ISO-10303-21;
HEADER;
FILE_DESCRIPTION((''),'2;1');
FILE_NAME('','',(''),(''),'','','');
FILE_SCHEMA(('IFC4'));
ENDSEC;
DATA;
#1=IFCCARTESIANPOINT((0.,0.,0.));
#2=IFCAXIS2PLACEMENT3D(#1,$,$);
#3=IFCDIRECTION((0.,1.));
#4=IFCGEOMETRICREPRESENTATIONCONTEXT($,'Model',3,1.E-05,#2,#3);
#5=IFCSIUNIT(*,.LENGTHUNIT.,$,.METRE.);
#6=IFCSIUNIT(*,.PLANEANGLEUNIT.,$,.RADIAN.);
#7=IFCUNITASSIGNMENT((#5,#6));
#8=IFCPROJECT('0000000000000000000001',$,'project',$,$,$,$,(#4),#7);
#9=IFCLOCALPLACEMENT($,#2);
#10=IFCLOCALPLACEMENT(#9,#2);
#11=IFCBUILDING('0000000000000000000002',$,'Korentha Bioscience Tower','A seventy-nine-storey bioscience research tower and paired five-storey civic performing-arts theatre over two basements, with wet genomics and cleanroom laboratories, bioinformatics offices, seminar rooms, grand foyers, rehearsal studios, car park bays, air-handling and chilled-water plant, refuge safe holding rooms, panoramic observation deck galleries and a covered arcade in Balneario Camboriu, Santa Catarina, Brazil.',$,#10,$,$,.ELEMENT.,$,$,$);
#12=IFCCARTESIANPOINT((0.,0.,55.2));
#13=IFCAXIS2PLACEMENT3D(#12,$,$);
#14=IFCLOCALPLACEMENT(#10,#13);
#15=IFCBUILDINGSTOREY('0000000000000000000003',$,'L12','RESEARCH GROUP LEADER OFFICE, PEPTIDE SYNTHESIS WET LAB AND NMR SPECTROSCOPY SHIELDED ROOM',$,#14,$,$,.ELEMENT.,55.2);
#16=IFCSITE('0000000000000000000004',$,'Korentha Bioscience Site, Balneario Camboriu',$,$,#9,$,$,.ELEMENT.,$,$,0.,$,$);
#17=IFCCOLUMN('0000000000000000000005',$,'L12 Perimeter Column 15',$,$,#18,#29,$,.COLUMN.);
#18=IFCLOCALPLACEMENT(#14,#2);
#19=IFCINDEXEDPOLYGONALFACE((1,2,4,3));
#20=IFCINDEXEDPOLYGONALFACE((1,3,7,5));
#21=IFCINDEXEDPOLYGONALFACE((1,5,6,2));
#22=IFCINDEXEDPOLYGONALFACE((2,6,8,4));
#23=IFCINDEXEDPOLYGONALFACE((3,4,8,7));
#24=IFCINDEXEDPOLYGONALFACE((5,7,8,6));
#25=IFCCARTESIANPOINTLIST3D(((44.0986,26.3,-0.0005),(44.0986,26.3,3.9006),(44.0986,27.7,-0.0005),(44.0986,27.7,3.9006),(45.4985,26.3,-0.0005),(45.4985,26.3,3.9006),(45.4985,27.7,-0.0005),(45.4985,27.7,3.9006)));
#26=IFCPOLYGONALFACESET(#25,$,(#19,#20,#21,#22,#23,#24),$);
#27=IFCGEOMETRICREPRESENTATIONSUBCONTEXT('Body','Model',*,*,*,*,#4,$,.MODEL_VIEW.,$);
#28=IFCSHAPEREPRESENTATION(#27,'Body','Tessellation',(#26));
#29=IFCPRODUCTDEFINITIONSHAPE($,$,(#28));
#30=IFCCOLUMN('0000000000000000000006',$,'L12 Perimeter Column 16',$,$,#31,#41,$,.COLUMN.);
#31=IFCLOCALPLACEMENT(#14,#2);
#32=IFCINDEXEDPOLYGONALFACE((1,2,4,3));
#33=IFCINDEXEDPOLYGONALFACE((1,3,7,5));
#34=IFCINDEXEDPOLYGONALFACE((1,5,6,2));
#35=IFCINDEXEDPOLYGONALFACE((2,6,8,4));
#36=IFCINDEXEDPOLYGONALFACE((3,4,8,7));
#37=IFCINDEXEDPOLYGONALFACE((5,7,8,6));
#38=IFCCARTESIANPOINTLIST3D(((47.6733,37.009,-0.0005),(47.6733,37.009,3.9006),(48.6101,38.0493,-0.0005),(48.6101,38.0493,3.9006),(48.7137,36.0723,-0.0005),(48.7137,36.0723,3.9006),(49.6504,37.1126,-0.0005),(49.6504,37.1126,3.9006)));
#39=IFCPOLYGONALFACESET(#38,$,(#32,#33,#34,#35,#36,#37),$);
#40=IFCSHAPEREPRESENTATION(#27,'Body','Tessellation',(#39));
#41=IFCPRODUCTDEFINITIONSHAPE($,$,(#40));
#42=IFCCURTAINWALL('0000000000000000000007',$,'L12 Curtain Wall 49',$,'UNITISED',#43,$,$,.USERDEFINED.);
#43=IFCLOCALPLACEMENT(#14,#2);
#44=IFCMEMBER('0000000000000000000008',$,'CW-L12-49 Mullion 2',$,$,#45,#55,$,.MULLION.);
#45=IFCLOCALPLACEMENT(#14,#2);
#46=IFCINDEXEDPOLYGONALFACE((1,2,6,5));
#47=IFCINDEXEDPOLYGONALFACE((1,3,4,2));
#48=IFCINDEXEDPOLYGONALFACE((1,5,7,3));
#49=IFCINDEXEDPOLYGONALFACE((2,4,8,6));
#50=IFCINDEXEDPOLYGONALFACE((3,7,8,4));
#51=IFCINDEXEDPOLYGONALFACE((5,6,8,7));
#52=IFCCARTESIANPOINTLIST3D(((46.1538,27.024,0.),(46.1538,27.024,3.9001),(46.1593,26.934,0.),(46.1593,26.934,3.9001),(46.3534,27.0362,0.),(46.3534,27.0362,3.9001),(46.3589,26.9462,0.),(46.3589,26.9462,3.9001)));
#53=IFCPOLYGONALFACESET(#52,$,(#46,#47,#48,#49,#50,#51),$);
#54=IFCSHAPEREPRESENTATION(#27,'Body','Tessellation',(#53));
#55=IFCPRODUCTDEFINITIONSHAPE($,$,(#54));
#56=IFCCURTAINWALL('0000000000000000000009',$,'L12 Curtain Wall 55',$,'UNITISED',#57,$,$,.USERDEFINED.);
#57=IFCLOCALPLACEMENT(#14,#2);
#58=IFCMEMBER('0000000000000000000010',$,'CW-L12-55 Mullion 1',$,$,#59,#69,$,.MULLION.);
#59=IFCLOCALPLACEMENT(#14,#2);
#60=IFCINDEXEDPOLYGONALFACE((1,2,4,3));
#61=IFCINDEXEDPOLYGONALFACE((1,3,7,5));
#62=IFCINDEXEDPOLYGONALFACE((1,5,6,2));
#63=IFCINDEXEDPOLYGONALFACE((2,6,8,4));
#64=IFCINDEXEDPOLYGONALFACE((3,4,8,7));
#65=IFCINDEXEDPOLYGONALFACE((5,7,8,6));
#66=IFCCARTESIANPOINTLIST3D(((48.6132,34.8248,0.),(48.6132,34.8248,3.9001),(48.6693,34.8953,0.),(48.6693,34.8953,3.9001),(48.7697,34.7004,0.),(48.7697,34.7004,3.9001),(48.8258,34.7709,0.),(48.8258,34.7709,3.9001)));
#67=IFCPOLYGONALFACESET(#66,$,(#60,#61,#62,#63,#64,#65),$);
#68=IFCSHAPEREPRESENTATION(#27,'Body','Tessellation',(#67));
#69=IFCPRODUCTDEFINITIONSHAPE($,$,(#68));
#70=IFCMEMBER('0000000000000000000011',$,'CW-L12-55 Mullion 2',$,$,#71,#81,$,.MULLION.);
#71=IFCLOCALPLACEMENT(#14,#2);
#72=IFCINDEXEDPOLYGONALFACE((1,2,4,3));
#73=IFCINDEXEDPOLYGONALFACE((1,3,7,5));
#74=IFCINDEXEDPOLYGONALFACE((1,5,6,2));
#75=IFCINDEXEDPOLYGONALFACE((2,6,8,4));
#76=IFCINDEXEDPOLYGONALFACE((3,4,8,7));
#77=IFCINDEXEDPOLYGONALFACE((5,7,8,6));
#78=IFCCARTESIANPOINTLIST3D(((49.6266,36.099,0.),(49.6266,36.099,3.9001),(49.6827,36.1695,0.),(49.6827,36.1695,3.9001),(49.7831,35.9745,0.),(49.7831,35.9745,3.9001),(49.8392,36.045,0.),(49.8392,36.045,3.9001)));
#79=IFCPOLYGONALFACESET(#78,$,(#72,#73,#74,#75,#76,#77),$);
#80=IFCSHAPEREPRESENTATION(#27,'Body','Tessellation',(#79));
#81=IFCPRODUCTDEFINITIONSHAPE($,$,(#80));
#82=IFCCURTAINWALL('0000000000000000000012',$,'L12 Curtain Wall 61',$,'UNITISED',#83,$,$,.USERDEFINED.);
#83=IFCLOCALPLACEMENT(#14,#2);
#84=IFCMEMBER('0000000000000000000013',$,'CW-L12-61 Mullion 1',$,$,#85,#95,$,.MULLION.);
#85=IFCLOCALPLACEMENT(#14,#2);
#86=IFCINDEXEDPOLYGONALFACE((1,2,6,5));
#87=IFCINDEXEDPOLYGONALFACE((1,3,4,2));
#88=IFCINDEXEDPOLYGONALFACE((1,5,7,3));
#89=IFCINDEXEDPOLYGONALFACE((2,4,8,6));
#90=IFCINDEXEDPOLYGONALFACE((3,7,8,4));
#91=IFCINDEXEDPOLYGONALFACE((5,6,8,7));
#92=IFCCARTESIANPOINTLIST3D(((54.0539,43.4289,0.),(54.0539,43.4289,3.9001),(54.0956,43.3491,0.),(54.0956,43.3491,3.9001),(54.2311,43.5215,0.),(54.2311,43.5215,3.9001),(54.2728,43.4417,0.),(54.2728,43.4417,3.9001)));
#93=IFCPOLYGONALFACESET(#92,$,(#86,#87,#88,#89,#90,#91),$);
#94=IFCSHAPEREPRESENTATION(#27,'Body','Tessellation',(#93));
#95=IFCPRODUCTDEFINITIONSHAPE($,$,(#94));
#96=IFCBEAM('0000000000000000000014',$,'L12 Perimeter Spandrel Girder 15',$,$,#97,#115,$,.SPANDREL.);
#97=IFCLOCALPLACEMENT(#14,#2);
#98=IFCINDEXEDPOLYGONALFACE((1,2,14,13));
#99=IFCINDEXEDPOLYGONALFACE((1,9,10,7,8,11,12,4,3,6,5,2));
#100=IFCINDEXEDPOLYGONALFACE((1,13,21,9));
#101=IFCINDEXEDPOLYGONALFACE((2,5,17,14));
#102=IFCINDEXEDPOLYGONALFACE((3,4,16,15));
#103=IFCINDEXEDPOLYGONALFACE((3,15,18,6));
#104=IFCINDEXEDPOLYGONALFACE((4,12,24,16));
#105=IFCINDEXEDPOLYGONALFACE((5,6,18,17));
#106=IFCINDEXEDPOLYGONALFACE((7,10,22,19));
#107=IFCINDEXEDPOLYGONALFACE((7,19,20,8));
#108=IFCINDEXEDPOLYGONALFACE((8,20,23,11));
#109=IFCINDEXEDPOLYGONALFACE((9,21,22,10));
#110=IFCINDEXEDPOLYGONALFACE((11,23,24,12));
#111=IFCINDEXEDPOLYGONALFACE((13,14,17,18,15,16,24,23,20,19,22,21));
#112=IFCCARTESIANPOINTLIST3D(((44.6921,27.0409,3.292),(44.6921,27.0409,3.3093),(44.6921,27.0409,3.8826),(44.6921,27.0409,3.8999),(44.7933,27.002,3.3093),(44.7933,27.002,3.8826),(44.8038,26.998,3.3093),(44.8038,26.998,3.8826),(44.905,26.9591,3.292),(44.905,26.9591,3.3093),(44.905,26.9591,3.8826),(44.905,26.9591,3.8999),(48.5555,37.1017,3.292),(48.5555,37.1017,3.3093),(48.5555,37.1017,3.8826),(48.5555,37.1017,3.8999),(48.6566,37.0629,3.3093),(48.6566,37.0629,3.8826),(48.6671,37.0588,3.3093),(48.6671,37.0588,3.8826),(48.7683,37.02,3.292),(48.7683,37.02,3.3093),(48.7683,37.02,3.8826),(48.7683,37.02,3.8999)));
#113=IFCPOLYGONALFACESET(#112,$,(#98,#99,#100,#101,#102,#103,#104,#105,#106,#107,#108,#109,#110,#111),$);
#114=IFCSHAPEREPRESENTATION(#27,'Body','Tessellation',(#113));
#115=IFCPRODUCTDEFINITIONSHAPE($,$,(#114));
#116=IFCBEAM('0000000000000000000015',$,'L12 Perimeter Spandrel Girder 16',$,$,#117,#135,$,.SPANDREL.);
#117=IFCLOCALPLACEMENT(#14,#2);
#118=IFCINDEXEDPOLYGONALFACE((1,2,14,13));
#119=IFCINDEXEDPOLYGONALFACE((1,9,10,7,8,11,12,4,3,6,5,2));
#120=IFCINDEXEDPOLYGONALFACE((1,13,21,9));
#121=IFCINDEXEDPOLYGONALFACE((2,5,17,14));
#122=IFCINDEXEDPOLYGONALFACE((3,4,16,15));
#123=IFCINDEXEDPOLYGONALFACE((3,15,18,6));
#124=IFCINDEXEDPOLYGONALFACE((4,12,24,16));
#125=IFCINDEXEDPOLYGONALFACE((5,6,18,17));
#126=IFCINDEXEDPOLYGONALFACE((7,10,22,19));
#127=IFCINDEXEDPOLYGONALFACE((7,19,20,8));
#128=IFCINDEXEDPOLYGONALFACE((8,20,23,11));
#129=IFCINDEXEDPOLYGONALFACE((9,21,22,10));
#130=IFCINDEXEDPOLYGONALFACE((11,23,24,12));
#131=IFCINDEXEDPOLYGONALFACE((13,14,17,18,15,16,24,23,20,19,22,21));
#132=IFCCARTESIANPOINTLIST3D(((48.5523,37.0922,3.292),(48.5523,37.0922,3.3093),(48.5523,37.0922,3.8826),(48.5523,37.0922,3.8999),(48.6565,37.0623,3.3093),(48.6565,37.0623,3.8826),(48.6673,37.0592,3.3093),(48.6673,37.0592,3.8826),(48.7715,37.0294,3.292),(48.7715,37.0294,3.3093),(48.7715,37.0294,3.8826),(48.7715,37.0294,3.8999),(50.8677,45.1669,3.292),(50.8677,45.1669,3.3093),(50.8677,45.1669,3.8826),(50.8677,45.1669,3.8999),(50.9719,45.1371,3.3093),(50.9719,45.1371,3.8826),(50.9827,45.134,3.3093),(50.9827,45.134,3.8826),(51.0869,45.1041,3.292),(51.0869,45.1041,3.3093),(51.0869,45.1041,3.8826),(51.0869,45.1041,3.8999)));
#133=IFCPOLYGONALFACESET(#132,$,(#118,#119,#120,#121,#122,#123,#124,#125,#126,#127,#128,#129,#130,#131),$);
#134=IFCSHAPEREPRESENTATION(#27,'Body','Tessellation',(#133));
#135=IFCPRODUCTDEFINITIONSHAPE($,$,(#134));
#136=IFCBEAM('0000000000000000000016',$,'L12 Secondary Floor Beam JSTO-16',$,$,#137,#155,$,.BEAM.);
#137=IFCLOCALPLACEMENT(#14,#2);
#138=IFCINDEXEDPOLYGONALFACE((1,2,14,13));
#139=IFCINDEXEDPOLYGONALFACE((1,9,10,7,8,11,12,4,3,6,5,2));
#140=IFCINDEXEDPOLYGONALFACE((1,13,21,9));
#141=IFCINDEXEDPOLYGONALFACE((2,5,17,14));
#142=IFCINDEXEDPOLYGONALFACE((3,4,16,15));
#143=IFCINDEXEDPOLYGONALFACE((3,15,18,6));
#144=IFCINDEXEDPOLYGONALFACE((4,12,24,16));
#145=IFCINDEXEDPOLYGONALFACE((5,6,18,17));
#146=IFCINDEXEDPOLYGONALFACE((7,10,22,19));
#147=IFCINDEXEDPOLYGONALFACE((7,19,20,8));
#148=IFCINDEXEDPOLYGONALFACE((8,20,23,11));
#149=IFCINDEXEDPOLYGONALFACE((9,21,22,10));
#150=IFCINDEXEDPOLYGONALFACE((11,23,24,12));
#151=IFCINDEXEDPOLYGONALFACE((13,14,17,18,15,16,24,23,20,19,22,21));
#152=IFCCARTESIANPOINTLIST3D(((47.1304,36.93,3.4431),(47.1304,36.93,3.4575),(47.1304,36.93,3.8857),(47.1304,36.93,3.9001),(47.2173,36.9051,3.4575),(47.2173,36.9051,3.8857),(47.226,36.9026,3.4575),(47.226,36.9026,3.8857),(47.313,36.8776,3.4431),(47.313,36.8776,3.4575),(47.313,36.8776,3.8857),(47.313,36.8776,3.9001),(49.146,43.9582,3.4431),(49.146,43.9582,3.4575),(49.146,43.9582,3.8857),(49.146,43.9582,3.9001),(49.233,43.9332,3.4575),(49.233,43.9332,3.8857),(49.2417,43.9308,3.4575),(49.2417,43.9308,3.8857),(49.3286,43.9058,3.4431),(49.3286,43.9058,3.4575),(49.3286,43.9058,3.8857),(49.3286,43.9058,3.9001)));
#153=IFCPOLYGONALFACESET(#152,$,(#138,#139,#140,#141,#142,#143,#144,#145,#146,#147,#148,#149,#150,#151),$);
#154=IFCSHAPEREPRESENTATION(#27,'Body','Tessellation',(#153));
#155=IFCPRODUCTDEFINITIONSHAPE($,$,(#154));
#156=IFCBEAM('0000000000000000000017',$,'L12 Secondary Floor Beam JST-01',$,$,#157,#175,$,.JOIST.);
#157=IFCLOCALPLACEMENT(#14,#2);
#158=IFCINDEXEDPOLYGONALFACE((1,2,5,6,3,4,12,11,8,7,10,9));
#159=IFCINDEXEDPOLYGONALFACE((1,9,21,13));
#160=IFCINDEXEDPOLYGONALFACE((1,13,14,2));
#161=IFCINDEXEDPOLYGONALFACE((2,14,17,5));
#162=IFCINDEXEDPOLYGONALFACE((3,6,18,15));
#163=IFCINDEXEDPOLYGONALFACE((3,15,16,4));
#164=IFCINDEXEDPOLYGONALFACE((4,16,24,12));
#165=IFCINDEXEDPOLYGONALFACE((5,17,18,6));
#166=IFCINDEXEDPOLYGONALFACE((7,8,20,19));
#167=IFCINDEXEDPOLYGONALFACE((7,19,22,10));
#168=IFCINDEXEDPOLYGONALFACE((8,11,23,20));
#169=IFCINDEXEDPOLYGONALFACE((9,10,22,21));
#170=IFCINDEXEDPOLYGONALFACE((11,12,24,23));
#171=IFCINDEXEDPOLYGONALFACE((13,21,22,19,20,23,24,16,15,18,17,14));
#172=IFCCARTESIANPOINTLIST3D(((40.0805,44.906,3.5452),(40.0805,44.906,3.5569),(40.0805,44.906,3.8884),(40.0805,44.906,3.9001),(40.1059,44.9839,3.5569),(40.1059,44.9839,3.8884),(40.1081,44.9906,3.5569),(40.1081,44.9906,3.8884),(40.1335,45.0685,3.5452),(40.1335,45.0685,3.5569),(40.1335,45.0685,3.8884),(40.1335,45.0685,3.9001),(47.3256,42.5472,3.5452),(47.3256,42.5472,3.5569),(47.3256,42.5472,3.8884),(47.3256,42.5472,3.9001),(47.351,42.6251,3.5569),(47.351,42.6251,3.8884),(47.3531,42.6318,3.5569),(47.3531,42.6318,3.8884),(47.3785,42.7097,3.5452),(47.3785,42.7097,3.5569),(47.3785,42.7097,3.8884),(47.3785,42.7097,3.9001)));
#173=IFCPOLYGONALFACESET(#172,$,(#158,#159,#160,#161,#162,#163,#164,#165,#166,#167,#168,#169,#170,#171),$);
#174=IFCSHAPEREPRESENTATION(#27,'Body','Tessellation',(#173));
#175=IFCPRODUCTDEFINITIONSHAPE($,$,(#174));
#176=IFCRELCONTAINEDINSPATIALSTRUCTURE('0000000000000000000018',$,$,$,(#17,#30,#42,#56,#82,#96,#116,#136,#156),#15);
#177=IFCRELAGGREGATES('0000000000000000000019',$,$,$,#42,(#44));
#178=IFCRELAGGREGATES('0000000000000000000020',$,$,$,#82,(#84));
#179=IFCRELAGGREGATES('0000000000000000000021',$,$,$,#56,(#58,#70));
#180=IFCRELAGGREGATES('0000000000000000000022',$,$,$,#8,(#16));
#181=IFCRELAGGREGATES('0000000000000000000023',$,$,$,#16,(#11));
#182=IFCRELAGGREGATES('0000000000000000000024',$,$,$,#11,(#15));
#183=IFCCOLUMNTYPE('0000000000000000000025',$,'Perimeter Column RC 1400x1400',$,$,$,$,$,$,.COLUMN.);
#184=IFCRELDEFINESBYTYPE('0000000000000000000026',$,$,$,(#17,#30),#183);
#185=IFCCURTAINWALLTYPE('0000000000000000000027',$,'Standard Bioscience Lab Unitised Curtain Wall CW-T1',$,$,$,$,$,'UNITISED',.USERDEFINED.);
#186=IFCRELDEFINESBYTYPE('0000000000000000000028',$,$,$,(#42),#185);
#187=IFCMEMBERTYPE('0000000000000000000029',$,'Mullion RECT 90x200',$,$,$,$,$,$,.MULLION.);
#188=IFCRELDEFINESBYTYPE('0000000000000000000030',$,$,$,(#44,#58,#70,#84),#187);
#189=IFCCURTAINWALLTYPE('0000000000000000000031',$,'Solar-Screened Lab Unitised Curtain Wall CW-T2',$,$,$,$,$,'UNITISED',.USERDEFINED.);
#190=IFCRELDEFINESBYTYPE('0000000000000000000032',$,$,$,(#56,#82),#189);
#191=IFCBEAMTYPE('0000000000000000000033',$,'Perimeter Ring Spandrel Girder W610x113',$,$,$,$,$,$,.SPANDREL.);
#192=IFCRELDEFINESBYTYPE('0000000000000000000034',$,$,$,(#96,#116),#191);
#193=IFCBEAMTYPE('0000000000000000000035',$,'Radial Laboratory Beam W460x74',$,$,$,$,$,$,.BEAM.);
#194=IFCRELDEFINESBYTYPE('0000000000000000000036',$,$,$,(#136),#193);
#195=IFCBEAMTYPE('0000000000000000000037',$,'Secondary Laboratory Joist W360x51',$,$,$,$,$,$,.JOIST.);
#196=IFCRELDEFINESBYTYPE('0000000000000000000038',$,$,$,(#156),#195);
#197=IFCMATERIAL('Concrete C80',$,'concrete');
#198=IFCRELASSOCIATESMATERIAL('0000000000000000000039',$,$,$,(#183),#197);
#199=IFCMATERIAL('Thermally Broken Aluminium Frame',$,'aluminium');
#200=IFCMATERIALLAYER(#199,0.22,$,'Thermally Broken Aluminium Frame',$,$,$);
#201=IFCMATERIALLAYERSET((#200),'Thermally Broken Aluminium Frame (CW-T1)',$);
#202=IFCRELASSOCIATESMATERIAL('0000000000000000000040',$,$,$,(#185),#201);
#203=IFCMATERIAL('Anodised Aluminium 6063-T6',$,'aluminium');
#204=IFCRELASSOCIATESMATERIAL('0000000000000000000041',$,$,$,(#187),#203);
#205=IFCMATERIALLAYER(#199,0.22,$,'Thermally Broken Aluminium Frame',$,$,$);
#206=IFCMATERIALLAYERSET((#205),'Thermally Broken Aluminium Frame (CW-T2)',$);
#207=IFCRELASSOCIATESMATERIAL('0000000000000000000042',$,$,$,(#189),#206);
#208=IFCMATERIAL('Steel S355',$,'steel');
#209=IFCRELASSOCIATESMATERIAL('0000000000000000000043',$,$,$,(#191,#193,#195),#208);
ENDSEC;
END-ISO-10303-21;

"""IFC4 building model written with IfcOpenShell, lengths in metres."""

from ifc_helpers import new_model, si_unit, direction, frame, origin, origin_2d, place, context, subcontext, project, spatial, rectangle, i_section, extrude, material, layer, layer_set, material_profile, profile_set, type_object, element, aggregate, save


model = new_model("IFC4")

# Units and contexts
model_context = context("Model", 3, precision=1e-05, world=origin(), true_north=direction((0.0, 1.0)))
body_context = subcontext(model_context, "Body", "Model", "MODEL_VIEW")
ifc_project = project(units=[si_unit("LENGTHUNIT", "METRE"), si_unit("PLANEANGLEUNIT", "RADIAN")], contexts=[model_context])

# Site, building, storey
site_placement = place(None, origin())
site = spatial("IfcSite", under=ifc_project, at=site_placement, Name="Korentha Bioscience Site, Balneario Camboriu", CompositionType="ELEMENT", RefElevation=0.0)
building_placement = place(site_placement, origin())
building = spatial("IfcBuilding", under=site, at=building_placement, Name="Korentha Bioscience Tower", Description="A seventy-nine-storey bioscience research tower and paired five-storey civic performing-arts theatre over two basements, with wet genomics and cleanroom laboratories, bioinformatics offices, seminar rooms, grand foyers, rehearsal studios, car park bays, air-handling and chilled-water plant, refuge safe holding rooms, panoramic observation deck galleries and a covered arcade in Balneario Camboriu, Santa Catarina, Brazil.", CompositionType="ELEMENT")
storey_placement = place(building_placement, frame((0.0, 0.0, 55.2)))
storey = spatial("IfcBuildingStorey", under=building, at=storey_placement, Name="L12", Description="RESEARCH GROUP LEADER OFFICE, PEPTIDE SYNTHESIS WET LAB AND NMR SPECTROSCOPY SHIELDED ROOM", CompositionType="ELEMENT", Elevation=55.2)

# Columns
ifc_material_1 = material(Name="Concrete C80", Category="concrete")
ifc_material_profile_1 = material_profile(ifc_material_1, rectangle(XDim=1.3999, YDim=1.3999, at=origin_2d()), Name="Concrete C80")
ifc_profile_set_1 = profile_set([ifc_material_profile_1], Name="Concrete C80 (COL-P14)")
column_type = type_object("IfcColumnType", Name="Perimeter Column RC 1400x1400", PredefinedType="COLUMN", material=ifc_profile_set_1)
for number, where, z_axis, x_axis, name in (
    (1, (44.7986, 27.0, -0.0005), (0.0, 0.0, 1.0), (0.0, 1.0, 0.0), "L12 Perimeter Column 15"),
    (2, (48.6619, 37.0608, -0.0005), (0.0, 0.0, 1.0), (0.669131, 0.743145, 0.0), "L12 Perimeter Column 16"),
):
    element("IfcColumn", number, at=place(storey_placement, frame(where, z_axis=z_axis, x_axis=x_axis)), inside=storey, type_object=column_type, Name=name, PredefinedType="COLUMN", context=body_context, shape_type="SweptSolid", body=[
        extrude(rectangle(XDim=1.3999, YDim=1.3999, at=origin_2d()), origin(), (0.0, 0.0, 1.0), 3.9011),
    ])

# Curtain wall, member
ifc_material_2 = material(Name="Thermally Broken Aluminium Frame", Category="aluminium")
ifc_layer_1 = layer(ifc_material_2, 0.22, Name="Thermally Broken Aluminium Frame")
ifc_layer_set_1 = layer_set([ifc_layer_1], Name="Thermally Broken Aluminium Frame (CW-T1)")
curtain_wall_type_1 = type_object("IfcCurtainWallType", Name="Standard Bioscience Lab Unitised Curtain Wall CW-T1", ElementType="UNITISED", PredefinedType="USERDEFINED", material=ifc_layer_set_1)
curtain_wall_1_placement = place(storey_placement, origin())
curtain_wall_1 = element("IfcCurtainWall", 3, at=curtain_wall_1_placement, inside=storey, type_object=curtain_wall_type_1, Name="L12 Curtain Wall 49", ObjectType="UNITISED", PredefinedType="USERDEFINED")
ifc_material_3 = material(Name="Anodised Aluminium 6063-T6", Category="aluminium")
ifc_material_profile_2 = material_profile(ifc_material_3, rectangle(XDim=0.0901, YDim=0.2, at=origin_2d()), Name="Anodised Aluminium 6063-T6")
ifc_profile_set_2 = profile_set([ifc_material_profile_2], Name="Anodised Aluminium 6063-T6 (CW-MUL)")
member_type_1 = type_object("IfcMemberType", Name="Mullion RECT 90x200", PredefinedType="MULLION", material=ifc_profile_set_2)
member_1_placement = place(storey_placement, frame((46.2563, 26.9851, 0.0), z_axis=(0.0, 0.0, 1.0), x_axis=(-0.061008, 0.998137, 0.0)))
member_1 = element("IfcMember", 4, at=member_1_placement, type_object=member_type_1, Name="CW-L12-49 Mullion 2", PredefinedType="MULLION", context=body_context, shape_type="SweptSolid", body=[
    extrude(rectangle(XDim=0.0901, YDim=0.2, at=origin_2d()), origin(), (0.0, 0.0, 1.0), 3.9001),
])
aggregate(curtain_wall_1, [member_1])

# Curtain wall, members
ifc_layer_2 = layer(ifc_material_2, 0.22, Name="Thermally Broken Aluminium Frame")
ifc_layer_set_2 = layer_set([ifc_layer_2], Name="Thermally Broken Aluminium Frame (CW-T2)")
curtain_wall_type_2 = type_object("IfcCurtainWallType", Name="Solar-Screened Lab Unitised Curtain Wall CW-T2", ElementType="UNITISED", PredefinedType="USERDEFINED", material=ifc_layer_set_2)
curtain_wall_2_placement = place(storey_placement, origin())
curtain_wall_2 = element("IfcCurtainWall", 5, at=curtain_wall_2_placement, inside=storey, type_object=curtain_wall_type_2, Name="L12 Curtain Wall 55", ObjectType="UNITISED", PredefinedType="USERDEFINED")
member_2_placement = place(storey_placement, frame((48.7195, 34.7979, 0.0), z_axis=(0.0, 0.0, 1.0), x_axis=(0.62252, 0.782604, 0.0)))
member_2 = element("IfcMember", 6, at=member_2_placement, type_object=member_type_1, Name="CW-L12-55 Mullion 1", PredefinedType="MULLION", context=body_context, shape_type="SweptSolid", body=[
    extrude(rectangle(XDim=0.0901, YDim=0.2, at=origin_2d()), origin(), (0.0, 0.0, 1.0), 3.9001),
])
member_3_placement = place(storey_placement, frame((49.7329, 36.072, 0.0), z_axis=(0.0, 0.0, 1.0), x_axis=(0.62252, 0.782604, 0.0)))
member_3 = element("IfcMember", 7, at=member_3_placement, type_object=member_type_1, Name="CW-L12-55 Mullion 2", PredefinedType="MULLION", context=body_context, shape_type="SweptSolid", body=[
    extrude(rectangle(XDim=0.0901, YDim=0.2, at=origin_2d()), origin(), (0.0, 0.0, 1.0), 3.9001),
])

# Curtain wall, member
curtain_wall_3_placement = place(storey_placement, origin())
curtain_wall_3 = element("IfcCurtainWall", 8, at=curtain_wall_3_placement, inside=storey, type_object=curtain_wall_type_2, Name="L12 Curtain Wall 61", ObjectType="UNITISED", PredefinedType="USERDEFINED")
member_4_placement = place(storey_placement, frame((54.1633, 43.4353, 0.0), z_axis=(0.0, 0.0, 1.0), x_axis=(-0.463009, 0.886354, 0.0)))
member_4 = element("IfcMember", 9, at=member_4_placement, type_object=member_type_1, Name="CW-L12-61 Mullion 1", PredefinedType="MULLION", context=body_context, shape_type="SweptSolid", body=[
    extrude(rectangle(XDim=0.0901, YDim=0.2, at=origin_2d()), origin(), (0.0, 0.0, 1.0), 3.9001),
])
aggregate(curtain_wall_3, [member_4])

# Beams
ifc_material_4 = material(Name="Steel S355", Category="steel")
ifc_material_profile_3 = material_profile(ifc_material_4, i_section(OverallWidth=0.228, OverallDepth=0.6079, WebThickness=0.0112, FlangeThickness=0.0173, at=origin_2d()), Name="Steel S355")
ifc_profile_set_3 = profile_set([ifc_material_profile_3], Name="Steel S355 (SB-610)")
beam_type_1 = type_object("IfcBeamType", Name="Perimeter Ring Spandrel Girder W610x113", PredefinedType="SPANDREL", material=ifc_profile_set_3)
beam_1_placement = place(storey_placement, frame((44.7986, 27.0, 3.5959), z_axis=(0.358474, 0.93354, 0.0), x_axis=(-0.93354, 0.358474, 0.0)))
element("IfcBeam", 10, at=beam_1_placement, inside=storey, type_object=beam_type_1, Name="L12 Perimeter Spandrel Girder 15", PredefinedType="SPANDREL", context=body_context, shape_type="SweptSolid", body=[
    extrude(i_section(OverallWidth=0.228, OverallDepth=0.6079, WebThickness=0.0112, FlangeThickness=0.0173, at=origin_2d()), origin(), (0.0, 0.0, 1.0), 10.7771),
])
beam_2_placement = place(storey_placement, frame((48.6619, 37.0608, 3.5959), z_axis=(0.275642, 0.96126, 0.0), x_axis=(-0.96126, 0.275642, 0.0)))
element("IfcBeam", 11, at=beam_2_placement, inside=storey, type_object=beam_type_1, Name="L12 Perimeter Spandrel Girder 16", PredefinedType="SPANDREL", context=body_context, shape_type="SweptSolid", body=[
    extrude(i_section(OverallWidth=0.228, OverallDepth=0.6079, WebThickness=0.0112, FlangeThickness=0.0173, at=origin_2d()), origin(), (0.0, 0.0, 1.0), 8.4001),
])
ifc_material_profile_4 = material_profile(ifc_material_4, i_section(OverallWidth=0.1899, OverallDepth=0.457, WebThickness=0.009, FlangeThickness=0.0144, at=origin_2d()), Name="Steel S355")
ifc_profile_set_4 = profile_set([ifc_material_profile_4], Name="Steel S355 (RB-460)")
beam_type_2 = type_object("IfcBeamType", Name="Radial Laboratory Beam W460x74", PredefinedType="BEAM", material=ifc_profile_set_4)
beam_3_placement = place(storey_placement, frame((47.2217, 36.9038, 3.6716), z_axis=(0.275682, 0.961249, 0.0), x_axis=(-0.961249, 0.275682, 0.0)))
element("IfcBeam", 12, at=beam_3_placement, inside=storey, type_object=beam_type_2, Name="L12 Secondary Floor Beam JSTO-16", PredefinedType="BEAM", context=body_context, shape_type="SweptSolid", body=[
    extrude(i_section(OverallWidth=0.1899, OverallDepth=0.457, WebThickness=0.009, FlangeThickness=0.0144, at=origin_2d()), origin(), (0.0, 0.0, 1.0), 7.3115),
])
ifc_material_profile_5 = material_profile(ifc_material_4, i_section(OverallWidth=0.1709, OverallDepth=0.355, WebThickness=0.0071, FlangeThickness=0.0117, at=origin_2d()), Name="Steel S355")
ifc_profile_set_5 = profile_set([ifc_material_profile_5], Name="Steel S355 (JB-360)")
beam_type_3 = type_object("IfcBeamType", Name="Secondary Laboratory Joist W360x51", PredefinedType="JOIST", material=ifc_profile_set_5)
beam_4_placement = place(storey_placement, frame((47.3521, 42.6284, 3.7227), z_axis=(-0.950871, 0.309587, 0.0), x_axis=(-0.309587, -0.950871, 0.0)))
element("IfcBeam", 13, at=beam_4_placement, inside=storey, type_object=beam_type_3, Name="L12 Secondary Floor Beam JST-01", PredefinedType="JOIST", context=body_context, shape_type="SweptSolid", body=[
    extrude(i_section(OverallWidth=0.1709, OverallDepth=0.355, WebThickness=0.0071, FlangeThickness=0.0117, at=origin_2d()), origin(), (0.0, 0.0, 1.0), 7.6194),
])

aggregate(curtain_wall_2, [member_2, member_3])

save(model, "model.ifc")
